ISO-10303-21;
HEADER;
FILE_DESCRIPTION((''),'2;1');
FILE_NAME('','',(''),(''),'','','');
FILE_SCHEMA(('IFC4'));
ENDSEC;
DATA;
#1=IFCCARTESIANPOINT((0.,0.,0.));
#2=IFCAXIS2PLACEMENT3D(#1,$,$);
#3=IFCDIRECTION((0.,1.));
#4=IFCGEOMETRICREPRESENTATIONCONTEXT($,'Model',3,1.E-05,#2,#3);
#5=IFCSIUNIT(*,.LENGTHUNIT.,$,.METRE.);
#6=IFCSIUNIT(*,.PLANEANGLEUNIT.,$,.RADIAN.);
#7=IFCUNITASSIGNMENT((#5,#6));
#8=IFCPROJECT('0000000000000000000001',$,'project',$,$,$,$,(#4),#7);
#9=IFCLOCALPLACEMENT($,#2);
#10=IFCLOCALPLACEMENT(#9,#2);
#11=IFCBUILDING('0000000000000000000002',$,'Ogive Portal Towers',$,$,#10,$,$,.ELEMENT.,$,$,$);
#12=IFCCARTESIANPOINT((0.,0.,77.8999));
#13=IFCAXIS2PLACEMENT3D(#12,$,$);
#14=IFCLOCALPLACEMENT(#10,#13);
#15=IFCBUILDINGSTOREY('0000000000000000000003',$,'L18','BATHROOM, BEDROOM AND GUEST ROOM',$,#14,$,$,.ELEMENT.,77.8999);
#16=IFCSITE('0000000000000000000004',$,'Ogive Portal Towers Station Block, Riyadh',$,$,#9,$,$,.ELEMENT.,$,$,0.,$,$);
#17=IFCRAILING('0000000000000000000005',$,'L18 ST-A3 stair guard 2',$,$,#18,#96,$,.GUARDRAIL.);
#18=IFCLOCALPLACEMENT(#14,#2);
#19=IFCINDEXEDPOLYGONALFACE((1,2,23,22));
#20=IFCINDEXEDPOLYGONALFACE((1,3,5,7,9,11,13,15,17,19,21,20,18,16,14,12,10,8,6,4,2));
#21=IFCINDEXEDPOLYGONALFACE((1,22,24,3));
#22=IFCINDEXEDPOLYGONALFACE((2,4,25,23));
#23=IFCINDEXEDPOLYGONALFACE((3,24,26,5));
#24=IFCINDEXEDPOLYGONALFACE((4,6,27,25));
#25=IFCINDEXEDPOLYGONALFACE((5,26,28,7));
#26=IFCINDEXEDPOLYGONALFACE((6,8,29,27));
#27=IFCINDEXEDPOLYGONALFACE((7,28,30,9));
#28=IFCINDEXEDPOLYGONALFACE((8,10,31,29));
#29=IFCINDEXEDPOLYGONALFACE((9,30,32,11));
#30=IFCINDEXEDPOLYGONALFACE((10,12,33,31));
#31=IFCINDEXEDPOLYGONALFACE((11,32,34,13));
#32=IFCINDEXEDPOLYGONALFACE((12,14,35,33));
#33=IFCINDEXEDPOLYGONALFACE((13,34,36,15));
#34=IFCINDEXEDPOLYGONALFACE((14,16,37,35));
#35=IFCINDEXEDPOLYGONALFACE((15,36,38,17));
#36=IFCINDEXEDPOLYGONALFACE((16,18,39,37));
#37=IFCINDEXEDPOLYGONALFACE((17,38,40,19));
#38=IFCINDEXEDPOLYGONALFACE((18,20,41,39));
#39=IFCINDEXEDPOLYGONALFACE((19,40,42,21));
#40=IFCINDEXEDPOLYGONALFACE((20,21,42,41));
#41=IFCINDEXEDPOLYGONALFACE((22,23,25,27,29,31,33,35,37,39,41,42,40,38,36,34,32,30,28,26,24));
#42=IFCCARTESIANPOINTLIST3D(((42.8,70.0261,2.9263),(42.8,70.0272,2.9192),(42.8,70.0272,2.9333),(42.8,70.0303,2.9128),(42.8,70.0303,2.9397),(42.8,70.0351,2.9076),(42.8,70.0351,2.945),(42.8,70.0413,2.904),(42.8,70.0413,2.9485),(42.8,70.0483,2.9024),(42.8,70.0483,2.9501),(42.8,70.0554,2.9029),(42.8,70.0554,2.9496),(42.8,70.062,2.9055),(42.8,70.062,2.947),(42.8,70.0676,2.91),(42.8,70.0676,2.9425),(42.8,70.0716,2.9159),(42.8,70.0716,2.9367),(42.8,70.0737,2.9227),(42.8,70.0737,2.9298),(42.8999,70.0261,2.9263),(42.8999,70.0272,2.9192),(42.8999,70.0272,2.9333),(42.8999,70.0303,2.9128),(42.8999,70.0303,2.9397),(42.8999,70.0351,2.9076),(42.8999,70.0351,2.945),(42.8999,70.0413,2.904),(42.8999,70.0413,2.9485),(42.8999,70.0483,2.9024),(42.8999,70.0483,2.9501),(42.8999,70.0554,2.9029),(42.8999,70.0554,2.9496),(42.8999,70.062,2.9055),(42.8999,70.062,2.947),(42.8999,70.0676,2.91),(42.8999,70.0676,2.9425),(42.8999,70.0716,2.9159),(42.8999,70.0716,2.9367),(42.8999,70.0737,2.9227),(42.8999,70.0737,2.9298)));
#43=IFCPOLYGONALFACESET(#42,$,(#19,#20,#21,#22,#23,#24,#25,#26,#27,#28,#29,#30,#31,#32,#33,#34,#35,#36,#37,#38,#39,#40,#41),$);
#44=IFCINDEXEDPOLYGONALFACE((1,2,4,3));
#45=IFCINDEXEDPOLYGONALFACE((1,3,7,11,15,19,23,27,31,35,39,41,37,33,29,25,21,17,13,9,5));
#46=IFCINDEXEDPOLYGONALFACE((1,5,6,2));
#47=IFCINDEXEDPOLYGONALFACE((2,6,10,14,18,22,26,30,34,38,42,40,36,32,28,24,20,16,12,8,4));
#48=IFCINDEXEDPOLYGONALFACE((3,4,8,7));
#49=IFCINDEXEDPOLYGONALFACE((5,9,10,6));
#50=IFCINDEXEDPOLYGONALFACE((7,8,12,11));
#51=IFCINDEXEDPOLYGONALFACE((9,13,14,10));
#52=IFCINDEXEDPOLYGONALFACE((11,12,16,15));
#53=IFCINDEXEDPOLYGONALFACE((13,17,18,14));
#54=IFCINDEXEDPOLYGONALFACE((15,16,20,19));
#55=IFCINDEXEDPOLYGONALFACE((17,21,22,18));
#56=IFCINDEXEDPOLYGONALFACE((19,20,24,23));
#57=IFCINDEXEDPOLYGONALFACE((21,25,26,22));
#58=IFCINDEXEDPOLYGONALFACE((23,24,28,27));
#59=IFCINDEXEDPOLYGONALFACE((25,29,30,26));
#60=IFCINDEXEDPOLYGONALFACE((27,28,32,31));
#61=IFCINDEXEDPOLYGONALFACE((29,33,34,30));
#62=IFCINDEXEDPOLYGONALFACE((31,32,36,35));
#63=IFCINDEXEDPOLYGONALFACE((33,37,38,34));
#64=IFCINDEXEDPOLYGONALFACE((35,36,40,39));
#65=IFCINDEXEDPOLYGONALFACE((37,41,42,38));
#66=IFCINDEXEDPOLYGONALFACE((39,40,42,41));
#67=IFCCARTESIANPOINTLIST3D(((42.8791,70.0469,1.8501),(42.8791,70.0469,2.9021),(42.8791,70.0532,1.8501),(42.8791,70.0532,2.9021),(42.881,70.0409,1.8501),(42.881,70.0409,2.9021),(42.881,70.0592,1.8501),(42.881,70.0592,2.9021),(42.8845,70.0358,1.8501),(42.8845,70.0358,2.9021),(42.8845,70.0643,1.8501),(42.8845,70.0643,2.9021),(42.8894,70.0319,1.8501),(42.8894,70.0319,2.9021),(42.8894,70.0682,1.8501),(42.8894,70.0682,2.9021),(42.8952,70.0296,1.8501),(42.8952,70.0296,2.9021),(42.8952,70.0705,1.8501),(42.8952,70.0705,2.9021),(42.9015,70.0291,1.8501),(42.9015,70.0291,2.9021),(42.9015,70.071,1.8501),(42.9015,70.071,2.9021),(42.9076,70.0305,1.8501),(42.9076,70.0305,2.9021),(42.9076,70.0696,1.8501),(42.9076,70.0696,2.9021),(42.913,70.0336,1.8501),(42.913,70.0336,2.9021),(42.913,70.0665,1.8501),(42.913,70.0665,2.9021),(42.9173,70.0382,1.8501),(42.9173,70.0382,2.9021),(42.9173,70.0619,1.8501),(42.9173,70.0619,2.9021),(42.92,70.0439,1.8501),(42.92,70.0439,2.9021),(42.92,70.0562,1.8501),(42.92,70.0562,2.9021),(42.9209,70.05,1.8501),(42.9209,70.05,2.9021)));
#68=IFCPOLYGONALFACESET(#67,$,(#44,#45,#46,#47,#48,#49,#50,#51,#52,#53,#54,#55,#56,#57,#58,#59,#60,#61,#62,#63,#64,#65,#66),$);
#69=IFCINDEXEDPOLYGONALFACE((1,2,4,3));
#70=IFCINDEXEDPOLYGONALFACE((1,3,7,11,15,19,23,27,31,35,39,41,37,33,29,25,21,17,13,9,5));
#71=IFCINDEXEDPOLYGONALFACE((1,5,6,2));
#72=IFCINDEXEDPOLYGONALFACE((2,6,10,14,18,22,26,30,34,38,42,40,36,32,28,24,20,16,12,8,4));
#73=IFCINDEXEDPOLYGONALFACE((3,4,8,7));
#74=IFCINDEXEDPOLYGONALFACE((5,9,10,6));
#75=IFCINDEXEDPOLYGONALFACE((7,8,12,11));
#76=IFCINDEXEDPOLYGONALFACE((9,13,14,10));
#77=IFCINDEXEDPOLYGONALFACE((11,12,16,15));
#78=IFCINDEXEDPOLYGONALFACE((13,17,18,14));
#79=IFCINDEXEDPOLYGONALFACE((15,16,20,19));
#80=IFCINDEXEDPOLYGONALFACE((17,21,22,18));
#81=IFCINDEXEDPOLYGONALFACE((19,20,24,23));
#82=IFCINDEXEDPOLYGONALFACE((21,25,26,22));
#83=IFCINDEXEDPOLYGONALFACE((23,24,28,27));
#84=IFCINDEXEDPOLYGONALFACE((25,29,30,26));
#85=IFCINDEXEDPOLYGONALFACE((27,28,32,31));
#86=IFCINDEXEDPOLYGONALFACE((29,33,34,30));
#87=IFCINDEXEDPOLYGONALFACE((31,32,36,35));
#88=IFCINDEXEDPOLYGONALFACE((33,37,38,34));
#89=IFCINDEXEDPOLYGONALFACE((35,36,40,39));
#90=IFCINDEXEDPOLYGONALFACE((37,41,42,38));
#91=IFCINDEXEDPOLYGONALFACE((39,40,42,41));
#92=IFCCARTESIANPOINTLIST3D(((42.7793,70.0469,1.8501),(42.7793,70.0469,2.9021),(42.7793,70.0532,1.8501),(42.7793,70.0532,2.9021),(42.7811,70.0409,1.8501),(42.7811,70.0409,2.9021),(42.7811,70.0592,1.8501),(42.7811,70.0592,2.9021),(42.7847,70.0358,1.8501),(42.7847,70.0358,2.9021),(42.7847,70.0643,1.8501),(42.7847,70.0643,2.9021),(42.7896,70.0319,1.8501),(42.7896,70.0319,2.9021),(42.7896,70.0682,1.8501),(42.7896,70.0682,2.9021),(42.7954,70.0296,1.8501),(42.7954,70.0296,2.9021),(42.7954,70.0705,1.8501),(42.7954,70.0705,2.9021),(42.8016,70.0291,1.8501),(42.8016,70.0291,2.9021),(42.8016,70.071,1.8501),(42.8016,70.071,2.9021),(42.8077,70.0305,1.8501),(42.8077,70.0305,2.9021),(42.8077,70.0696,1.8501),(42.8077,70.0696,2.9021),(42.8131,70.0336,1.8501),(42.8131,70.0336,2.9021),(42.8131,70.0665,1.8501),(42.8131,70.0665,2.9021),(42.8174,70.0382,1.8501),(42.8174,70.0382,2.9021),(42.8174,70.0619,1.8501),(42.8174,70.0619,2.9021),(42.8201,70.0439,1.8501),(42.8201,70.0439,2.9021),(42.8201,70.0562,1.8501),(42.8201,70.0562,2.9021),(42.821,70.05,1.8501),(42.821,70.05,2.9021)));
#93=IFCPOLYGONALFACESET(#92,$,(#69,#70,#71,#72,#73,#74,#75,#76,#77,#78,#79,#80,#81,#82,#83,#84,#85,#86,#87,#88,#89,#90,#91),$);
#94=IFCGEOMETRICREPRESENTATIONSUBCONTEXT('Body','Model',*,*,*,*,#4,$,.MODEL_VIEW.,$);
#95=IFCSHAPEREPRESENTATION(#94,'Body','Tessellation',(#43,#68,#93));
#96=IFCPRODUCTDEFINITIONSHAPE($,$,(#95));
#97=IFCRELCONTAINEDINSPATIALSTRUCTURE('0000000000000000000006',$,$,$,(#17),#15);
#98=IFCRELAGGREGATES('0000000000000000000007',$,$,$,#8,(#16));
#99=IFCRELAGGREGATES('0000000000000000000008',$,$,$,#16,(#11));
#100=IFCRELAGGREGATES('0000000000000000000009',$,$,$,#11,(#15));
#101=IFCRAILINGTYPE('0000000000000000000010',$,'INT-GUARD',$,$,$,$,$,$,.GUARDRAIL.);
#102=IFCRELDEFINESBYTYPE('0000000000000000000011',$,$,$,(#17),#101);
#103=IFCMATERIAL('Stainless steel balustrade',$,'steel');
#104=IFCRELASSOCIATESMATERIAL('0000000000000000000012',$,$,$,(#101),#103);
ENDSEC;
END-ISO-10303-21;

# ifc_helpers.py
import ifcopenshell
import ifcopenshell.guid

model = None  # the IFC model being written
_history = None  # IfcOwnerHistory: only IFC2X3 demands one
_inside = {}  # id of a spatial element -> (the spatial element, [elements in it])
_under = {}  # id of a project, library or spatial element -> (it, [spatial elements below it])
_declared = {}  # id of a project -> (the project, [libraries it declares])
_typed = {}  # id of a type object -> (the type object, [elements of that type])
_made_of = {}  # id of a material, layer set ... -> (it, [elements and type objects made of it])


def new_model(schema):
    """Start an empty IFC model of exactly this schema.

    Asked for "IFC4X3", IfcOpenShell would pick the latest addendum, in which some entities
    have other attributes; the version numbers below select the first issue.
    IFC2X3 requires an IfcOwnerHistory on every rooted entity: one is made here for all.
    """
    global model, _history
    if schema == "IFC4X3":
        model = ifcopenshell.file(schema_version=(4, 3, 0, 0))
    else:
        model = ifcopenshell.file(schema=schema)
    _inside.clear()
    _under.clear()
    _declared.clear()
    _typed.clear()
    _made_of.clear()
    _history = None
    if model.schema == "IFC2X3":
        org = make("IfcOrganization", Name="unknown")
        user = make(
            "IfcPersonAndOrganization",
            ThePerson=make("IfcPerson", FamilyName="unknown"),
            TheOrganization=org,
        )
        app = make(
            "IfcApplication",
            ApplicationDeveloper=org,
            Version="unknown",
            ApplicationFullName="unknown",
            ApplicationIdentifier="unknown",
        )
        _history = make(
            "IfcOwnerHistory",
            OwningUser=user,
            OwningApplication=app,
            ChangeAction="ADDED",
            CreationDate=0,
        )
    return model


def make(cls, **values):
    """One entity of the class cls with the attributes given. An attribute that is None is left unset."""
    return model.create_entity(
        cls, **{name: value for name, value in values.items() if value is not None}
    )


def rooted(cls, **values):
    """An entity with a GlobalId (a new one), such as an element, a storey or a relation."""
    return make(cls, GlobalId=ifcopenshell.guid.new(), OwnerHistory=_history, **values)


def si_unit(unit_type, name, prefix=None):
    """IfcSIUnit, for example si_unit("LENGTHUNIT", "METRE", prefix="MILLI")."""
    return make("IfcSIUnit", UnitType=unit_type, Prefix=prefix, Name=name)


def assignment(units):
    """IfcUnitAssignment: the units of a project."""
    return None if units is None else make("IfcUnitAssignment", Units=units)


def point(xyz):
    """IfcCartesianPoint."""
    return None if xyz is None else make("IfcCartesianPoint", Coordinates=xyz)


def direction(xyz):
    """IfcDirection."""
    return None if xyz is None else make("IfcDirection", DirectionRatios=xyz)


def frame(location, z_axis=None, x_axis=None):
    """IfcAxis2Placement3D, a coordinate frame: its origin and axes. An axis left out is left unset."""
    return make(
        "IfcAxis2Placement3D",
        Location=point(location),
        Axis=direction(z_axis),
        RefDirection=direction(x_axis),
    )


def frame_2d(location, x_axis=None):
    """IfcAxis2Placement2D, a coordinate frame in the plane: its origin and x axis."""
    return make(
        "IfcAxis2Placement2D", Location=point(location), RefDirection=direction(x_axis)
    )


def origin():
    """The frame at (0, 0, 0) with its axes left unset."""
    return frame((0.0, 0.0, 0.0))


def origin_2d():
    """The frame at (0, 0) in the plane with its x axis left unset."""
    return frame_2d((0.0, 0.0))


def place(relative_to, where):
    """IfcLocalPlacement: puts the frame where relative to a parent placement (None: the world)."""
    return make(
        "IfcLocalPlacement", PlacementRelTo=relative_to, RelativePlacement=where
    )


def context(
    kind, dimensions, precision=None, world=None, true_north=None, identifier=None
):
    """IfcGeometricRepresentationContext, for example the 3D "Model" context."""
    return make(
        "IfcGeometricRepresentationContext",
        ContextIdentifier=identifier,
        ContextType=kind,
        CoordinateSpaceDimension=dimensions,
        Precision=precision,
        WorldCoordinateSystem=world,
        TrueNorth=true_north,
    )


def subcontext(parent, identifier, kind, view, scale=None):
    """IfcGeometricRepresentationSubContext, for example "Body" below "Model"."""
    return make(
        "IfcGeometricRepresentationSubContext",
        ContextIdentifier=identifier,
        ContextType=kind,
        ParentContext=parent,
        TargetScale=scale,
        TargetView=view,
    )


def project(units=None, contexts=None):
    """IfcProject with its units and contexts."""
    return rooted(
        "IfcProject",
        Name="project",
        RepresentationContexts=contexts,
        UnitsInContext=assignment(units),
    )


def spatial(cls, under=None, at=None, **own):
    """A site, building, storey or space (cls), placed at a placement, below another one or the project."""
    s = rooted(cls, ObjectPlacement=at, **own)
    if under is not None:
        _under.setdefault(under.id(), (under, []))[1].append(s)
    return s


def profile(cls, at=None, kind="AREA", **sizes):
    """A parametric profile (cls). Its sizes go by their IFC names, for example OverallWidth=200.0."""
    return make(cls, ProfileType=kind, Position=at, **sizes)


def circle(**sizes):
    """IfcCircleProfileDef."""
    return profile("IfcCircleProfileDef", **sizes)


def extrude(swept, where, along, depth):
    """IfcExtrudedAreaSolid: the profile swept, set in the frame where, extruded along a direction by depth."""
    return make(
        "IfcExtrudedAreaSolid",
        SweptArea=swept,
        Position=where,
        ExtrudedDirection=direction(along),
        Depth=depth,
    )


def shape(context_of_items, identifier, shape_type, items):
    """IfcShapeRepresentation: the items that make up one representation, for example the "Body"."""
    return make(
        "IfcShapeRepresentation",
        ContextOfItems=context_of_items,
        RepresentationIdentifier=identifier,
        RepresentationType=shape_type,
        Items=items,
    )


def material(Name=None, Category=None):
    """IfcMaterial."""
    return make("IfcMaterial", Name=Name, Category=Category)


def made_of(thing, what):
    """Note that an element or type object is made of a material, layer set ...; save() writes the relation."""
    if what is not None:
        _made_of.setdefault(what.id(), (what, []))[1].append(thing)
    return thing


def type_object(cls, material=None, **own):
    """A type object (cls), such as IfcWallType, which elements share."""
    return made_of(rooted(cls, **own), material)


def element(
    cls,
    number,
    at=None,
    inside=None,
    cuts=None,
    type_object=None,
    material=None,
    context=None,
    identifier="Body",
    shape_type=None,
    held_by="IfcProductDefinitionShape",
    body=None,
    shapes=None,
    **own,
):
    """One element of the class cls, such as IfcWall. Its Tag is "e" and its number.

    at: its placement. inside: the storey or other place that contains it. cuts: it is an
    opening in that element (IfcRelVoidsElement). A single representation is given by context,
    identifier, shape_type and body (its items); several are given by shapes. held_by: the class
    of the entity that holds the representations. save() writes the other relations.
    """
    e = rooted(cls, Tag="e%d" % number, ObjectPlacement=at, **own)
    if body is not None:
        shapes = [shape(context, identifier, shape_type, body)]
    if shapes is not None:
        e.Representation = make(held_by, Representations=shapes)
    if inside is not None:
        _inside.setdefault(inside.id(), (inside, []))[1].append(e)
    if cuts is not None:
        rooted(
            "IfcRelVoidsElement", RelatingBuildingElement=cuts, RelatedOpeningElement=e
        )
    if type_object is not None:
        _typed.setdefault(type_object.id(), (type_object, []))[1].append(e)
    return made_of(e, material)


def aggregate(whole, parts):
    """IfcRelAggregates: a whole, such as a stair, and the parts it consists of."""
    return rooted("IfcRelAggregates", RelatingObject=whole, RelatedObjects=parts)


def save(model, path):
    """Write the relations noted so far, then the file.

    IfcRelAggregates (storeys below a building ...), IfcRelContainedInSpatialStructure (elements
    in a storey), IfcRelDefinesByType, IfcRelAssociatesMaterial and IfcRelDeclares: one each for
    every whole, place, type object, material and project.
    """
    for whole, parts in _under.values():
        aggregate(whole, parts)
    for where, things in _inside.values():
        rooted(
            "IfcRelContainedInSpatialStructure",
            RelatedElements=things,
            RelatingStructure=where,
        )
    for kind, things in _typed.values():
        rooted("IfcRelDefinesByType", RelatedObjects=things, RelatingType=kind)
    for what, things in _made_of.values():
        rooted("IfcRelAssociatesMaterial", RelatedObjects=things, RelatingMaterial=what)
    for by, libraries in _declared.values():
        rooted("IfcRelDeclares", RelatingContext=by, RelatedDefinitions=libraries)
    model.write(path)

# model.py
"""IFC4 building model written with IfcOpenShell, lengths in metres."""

from ifc_helpers import new_model, si_unit, direction, frame, origin, origin_2d, place, context, subcontext, project, spatial, circle, extrude, material, type_object, element, save


model = new_model("IFC4")

# Units and contexts
model_context = context("Model", 3, precision=1e-05, world=origin(), true_north=direction((0.0, 1.0)))
body_context = subcontext(model_context, "Body", "Model", "MODEL_VIEW")
ifc_project = project(units=[si_unit("LENGTHUNIT", "METRE"), si_unit("PLANEANGLEUNIT", "RADIAN")], contexts=[model_context])

# Site, building, storey
site_placement = place(None, origin())
site = spatial("IfcSite", under=ifc_project, at=site_placement, Name="Ogive Portal Towers Station Block, Riyadh", CompositionType="ELEMENT", RefElevation=0.0)
building_placement = place(site_placement, origin())
building = spatial("IfcBuilding", under=site, at=building_placement, Name="Ogive Portal Towers", CompositionType="ELEMENT")
storey_placement = place(building_placement, frame((0.0, 0.0, 77.8999)))
storey = spatial("IfcBuildingStorey", under=building, at=storey_placement, Name="L18", Description="BATHROOM, BEDROOM AND GUEST ROOM", CompositionType="ELEMENT", Elevation=77.8999)

# Railing
ifc_material_1 = material(Name="Stainless steel balustrade", Category="steel")
railing_type_1 = type_object("IfcRailingType", Name="INT-GUARD", PredefinedType="GUARDRAIL", material=ifc_material_1)
railing_1_placement = place(storey_placement, frame((42.8999, 70.05, 1.8501)))
element("IfcRailing", 1, at=railing_1_placement, inside=storey, type_object=railing_type_1, Name="L18 ST-A3 stair guard 2", PredefinedType="GUARDRAIL", context=body_context, shape_type="SweptSolid", body=[
    extrude(circle(Radius=0.0239, at=origin_2d()), frame((0.0, 0.0, 1.0762), z_axis=(-1.0, 0.0, 0.0), x_axis=(0.0, -1.0, 0.0)), (0.0, 0.0, 1.0), 0.0999),
    extrude(circle(Radius=0.021, at=origin_2d()), origin(), (0.0, 0.0, 1.0), 1.052),
    extrude(circle(Radius=0.021, at=origin_2d()), frame((-0.0999, 0.0, 0.0)), (0.0, 0.0, 1.0), 1.052),
])

save(model, "model.ifc")
